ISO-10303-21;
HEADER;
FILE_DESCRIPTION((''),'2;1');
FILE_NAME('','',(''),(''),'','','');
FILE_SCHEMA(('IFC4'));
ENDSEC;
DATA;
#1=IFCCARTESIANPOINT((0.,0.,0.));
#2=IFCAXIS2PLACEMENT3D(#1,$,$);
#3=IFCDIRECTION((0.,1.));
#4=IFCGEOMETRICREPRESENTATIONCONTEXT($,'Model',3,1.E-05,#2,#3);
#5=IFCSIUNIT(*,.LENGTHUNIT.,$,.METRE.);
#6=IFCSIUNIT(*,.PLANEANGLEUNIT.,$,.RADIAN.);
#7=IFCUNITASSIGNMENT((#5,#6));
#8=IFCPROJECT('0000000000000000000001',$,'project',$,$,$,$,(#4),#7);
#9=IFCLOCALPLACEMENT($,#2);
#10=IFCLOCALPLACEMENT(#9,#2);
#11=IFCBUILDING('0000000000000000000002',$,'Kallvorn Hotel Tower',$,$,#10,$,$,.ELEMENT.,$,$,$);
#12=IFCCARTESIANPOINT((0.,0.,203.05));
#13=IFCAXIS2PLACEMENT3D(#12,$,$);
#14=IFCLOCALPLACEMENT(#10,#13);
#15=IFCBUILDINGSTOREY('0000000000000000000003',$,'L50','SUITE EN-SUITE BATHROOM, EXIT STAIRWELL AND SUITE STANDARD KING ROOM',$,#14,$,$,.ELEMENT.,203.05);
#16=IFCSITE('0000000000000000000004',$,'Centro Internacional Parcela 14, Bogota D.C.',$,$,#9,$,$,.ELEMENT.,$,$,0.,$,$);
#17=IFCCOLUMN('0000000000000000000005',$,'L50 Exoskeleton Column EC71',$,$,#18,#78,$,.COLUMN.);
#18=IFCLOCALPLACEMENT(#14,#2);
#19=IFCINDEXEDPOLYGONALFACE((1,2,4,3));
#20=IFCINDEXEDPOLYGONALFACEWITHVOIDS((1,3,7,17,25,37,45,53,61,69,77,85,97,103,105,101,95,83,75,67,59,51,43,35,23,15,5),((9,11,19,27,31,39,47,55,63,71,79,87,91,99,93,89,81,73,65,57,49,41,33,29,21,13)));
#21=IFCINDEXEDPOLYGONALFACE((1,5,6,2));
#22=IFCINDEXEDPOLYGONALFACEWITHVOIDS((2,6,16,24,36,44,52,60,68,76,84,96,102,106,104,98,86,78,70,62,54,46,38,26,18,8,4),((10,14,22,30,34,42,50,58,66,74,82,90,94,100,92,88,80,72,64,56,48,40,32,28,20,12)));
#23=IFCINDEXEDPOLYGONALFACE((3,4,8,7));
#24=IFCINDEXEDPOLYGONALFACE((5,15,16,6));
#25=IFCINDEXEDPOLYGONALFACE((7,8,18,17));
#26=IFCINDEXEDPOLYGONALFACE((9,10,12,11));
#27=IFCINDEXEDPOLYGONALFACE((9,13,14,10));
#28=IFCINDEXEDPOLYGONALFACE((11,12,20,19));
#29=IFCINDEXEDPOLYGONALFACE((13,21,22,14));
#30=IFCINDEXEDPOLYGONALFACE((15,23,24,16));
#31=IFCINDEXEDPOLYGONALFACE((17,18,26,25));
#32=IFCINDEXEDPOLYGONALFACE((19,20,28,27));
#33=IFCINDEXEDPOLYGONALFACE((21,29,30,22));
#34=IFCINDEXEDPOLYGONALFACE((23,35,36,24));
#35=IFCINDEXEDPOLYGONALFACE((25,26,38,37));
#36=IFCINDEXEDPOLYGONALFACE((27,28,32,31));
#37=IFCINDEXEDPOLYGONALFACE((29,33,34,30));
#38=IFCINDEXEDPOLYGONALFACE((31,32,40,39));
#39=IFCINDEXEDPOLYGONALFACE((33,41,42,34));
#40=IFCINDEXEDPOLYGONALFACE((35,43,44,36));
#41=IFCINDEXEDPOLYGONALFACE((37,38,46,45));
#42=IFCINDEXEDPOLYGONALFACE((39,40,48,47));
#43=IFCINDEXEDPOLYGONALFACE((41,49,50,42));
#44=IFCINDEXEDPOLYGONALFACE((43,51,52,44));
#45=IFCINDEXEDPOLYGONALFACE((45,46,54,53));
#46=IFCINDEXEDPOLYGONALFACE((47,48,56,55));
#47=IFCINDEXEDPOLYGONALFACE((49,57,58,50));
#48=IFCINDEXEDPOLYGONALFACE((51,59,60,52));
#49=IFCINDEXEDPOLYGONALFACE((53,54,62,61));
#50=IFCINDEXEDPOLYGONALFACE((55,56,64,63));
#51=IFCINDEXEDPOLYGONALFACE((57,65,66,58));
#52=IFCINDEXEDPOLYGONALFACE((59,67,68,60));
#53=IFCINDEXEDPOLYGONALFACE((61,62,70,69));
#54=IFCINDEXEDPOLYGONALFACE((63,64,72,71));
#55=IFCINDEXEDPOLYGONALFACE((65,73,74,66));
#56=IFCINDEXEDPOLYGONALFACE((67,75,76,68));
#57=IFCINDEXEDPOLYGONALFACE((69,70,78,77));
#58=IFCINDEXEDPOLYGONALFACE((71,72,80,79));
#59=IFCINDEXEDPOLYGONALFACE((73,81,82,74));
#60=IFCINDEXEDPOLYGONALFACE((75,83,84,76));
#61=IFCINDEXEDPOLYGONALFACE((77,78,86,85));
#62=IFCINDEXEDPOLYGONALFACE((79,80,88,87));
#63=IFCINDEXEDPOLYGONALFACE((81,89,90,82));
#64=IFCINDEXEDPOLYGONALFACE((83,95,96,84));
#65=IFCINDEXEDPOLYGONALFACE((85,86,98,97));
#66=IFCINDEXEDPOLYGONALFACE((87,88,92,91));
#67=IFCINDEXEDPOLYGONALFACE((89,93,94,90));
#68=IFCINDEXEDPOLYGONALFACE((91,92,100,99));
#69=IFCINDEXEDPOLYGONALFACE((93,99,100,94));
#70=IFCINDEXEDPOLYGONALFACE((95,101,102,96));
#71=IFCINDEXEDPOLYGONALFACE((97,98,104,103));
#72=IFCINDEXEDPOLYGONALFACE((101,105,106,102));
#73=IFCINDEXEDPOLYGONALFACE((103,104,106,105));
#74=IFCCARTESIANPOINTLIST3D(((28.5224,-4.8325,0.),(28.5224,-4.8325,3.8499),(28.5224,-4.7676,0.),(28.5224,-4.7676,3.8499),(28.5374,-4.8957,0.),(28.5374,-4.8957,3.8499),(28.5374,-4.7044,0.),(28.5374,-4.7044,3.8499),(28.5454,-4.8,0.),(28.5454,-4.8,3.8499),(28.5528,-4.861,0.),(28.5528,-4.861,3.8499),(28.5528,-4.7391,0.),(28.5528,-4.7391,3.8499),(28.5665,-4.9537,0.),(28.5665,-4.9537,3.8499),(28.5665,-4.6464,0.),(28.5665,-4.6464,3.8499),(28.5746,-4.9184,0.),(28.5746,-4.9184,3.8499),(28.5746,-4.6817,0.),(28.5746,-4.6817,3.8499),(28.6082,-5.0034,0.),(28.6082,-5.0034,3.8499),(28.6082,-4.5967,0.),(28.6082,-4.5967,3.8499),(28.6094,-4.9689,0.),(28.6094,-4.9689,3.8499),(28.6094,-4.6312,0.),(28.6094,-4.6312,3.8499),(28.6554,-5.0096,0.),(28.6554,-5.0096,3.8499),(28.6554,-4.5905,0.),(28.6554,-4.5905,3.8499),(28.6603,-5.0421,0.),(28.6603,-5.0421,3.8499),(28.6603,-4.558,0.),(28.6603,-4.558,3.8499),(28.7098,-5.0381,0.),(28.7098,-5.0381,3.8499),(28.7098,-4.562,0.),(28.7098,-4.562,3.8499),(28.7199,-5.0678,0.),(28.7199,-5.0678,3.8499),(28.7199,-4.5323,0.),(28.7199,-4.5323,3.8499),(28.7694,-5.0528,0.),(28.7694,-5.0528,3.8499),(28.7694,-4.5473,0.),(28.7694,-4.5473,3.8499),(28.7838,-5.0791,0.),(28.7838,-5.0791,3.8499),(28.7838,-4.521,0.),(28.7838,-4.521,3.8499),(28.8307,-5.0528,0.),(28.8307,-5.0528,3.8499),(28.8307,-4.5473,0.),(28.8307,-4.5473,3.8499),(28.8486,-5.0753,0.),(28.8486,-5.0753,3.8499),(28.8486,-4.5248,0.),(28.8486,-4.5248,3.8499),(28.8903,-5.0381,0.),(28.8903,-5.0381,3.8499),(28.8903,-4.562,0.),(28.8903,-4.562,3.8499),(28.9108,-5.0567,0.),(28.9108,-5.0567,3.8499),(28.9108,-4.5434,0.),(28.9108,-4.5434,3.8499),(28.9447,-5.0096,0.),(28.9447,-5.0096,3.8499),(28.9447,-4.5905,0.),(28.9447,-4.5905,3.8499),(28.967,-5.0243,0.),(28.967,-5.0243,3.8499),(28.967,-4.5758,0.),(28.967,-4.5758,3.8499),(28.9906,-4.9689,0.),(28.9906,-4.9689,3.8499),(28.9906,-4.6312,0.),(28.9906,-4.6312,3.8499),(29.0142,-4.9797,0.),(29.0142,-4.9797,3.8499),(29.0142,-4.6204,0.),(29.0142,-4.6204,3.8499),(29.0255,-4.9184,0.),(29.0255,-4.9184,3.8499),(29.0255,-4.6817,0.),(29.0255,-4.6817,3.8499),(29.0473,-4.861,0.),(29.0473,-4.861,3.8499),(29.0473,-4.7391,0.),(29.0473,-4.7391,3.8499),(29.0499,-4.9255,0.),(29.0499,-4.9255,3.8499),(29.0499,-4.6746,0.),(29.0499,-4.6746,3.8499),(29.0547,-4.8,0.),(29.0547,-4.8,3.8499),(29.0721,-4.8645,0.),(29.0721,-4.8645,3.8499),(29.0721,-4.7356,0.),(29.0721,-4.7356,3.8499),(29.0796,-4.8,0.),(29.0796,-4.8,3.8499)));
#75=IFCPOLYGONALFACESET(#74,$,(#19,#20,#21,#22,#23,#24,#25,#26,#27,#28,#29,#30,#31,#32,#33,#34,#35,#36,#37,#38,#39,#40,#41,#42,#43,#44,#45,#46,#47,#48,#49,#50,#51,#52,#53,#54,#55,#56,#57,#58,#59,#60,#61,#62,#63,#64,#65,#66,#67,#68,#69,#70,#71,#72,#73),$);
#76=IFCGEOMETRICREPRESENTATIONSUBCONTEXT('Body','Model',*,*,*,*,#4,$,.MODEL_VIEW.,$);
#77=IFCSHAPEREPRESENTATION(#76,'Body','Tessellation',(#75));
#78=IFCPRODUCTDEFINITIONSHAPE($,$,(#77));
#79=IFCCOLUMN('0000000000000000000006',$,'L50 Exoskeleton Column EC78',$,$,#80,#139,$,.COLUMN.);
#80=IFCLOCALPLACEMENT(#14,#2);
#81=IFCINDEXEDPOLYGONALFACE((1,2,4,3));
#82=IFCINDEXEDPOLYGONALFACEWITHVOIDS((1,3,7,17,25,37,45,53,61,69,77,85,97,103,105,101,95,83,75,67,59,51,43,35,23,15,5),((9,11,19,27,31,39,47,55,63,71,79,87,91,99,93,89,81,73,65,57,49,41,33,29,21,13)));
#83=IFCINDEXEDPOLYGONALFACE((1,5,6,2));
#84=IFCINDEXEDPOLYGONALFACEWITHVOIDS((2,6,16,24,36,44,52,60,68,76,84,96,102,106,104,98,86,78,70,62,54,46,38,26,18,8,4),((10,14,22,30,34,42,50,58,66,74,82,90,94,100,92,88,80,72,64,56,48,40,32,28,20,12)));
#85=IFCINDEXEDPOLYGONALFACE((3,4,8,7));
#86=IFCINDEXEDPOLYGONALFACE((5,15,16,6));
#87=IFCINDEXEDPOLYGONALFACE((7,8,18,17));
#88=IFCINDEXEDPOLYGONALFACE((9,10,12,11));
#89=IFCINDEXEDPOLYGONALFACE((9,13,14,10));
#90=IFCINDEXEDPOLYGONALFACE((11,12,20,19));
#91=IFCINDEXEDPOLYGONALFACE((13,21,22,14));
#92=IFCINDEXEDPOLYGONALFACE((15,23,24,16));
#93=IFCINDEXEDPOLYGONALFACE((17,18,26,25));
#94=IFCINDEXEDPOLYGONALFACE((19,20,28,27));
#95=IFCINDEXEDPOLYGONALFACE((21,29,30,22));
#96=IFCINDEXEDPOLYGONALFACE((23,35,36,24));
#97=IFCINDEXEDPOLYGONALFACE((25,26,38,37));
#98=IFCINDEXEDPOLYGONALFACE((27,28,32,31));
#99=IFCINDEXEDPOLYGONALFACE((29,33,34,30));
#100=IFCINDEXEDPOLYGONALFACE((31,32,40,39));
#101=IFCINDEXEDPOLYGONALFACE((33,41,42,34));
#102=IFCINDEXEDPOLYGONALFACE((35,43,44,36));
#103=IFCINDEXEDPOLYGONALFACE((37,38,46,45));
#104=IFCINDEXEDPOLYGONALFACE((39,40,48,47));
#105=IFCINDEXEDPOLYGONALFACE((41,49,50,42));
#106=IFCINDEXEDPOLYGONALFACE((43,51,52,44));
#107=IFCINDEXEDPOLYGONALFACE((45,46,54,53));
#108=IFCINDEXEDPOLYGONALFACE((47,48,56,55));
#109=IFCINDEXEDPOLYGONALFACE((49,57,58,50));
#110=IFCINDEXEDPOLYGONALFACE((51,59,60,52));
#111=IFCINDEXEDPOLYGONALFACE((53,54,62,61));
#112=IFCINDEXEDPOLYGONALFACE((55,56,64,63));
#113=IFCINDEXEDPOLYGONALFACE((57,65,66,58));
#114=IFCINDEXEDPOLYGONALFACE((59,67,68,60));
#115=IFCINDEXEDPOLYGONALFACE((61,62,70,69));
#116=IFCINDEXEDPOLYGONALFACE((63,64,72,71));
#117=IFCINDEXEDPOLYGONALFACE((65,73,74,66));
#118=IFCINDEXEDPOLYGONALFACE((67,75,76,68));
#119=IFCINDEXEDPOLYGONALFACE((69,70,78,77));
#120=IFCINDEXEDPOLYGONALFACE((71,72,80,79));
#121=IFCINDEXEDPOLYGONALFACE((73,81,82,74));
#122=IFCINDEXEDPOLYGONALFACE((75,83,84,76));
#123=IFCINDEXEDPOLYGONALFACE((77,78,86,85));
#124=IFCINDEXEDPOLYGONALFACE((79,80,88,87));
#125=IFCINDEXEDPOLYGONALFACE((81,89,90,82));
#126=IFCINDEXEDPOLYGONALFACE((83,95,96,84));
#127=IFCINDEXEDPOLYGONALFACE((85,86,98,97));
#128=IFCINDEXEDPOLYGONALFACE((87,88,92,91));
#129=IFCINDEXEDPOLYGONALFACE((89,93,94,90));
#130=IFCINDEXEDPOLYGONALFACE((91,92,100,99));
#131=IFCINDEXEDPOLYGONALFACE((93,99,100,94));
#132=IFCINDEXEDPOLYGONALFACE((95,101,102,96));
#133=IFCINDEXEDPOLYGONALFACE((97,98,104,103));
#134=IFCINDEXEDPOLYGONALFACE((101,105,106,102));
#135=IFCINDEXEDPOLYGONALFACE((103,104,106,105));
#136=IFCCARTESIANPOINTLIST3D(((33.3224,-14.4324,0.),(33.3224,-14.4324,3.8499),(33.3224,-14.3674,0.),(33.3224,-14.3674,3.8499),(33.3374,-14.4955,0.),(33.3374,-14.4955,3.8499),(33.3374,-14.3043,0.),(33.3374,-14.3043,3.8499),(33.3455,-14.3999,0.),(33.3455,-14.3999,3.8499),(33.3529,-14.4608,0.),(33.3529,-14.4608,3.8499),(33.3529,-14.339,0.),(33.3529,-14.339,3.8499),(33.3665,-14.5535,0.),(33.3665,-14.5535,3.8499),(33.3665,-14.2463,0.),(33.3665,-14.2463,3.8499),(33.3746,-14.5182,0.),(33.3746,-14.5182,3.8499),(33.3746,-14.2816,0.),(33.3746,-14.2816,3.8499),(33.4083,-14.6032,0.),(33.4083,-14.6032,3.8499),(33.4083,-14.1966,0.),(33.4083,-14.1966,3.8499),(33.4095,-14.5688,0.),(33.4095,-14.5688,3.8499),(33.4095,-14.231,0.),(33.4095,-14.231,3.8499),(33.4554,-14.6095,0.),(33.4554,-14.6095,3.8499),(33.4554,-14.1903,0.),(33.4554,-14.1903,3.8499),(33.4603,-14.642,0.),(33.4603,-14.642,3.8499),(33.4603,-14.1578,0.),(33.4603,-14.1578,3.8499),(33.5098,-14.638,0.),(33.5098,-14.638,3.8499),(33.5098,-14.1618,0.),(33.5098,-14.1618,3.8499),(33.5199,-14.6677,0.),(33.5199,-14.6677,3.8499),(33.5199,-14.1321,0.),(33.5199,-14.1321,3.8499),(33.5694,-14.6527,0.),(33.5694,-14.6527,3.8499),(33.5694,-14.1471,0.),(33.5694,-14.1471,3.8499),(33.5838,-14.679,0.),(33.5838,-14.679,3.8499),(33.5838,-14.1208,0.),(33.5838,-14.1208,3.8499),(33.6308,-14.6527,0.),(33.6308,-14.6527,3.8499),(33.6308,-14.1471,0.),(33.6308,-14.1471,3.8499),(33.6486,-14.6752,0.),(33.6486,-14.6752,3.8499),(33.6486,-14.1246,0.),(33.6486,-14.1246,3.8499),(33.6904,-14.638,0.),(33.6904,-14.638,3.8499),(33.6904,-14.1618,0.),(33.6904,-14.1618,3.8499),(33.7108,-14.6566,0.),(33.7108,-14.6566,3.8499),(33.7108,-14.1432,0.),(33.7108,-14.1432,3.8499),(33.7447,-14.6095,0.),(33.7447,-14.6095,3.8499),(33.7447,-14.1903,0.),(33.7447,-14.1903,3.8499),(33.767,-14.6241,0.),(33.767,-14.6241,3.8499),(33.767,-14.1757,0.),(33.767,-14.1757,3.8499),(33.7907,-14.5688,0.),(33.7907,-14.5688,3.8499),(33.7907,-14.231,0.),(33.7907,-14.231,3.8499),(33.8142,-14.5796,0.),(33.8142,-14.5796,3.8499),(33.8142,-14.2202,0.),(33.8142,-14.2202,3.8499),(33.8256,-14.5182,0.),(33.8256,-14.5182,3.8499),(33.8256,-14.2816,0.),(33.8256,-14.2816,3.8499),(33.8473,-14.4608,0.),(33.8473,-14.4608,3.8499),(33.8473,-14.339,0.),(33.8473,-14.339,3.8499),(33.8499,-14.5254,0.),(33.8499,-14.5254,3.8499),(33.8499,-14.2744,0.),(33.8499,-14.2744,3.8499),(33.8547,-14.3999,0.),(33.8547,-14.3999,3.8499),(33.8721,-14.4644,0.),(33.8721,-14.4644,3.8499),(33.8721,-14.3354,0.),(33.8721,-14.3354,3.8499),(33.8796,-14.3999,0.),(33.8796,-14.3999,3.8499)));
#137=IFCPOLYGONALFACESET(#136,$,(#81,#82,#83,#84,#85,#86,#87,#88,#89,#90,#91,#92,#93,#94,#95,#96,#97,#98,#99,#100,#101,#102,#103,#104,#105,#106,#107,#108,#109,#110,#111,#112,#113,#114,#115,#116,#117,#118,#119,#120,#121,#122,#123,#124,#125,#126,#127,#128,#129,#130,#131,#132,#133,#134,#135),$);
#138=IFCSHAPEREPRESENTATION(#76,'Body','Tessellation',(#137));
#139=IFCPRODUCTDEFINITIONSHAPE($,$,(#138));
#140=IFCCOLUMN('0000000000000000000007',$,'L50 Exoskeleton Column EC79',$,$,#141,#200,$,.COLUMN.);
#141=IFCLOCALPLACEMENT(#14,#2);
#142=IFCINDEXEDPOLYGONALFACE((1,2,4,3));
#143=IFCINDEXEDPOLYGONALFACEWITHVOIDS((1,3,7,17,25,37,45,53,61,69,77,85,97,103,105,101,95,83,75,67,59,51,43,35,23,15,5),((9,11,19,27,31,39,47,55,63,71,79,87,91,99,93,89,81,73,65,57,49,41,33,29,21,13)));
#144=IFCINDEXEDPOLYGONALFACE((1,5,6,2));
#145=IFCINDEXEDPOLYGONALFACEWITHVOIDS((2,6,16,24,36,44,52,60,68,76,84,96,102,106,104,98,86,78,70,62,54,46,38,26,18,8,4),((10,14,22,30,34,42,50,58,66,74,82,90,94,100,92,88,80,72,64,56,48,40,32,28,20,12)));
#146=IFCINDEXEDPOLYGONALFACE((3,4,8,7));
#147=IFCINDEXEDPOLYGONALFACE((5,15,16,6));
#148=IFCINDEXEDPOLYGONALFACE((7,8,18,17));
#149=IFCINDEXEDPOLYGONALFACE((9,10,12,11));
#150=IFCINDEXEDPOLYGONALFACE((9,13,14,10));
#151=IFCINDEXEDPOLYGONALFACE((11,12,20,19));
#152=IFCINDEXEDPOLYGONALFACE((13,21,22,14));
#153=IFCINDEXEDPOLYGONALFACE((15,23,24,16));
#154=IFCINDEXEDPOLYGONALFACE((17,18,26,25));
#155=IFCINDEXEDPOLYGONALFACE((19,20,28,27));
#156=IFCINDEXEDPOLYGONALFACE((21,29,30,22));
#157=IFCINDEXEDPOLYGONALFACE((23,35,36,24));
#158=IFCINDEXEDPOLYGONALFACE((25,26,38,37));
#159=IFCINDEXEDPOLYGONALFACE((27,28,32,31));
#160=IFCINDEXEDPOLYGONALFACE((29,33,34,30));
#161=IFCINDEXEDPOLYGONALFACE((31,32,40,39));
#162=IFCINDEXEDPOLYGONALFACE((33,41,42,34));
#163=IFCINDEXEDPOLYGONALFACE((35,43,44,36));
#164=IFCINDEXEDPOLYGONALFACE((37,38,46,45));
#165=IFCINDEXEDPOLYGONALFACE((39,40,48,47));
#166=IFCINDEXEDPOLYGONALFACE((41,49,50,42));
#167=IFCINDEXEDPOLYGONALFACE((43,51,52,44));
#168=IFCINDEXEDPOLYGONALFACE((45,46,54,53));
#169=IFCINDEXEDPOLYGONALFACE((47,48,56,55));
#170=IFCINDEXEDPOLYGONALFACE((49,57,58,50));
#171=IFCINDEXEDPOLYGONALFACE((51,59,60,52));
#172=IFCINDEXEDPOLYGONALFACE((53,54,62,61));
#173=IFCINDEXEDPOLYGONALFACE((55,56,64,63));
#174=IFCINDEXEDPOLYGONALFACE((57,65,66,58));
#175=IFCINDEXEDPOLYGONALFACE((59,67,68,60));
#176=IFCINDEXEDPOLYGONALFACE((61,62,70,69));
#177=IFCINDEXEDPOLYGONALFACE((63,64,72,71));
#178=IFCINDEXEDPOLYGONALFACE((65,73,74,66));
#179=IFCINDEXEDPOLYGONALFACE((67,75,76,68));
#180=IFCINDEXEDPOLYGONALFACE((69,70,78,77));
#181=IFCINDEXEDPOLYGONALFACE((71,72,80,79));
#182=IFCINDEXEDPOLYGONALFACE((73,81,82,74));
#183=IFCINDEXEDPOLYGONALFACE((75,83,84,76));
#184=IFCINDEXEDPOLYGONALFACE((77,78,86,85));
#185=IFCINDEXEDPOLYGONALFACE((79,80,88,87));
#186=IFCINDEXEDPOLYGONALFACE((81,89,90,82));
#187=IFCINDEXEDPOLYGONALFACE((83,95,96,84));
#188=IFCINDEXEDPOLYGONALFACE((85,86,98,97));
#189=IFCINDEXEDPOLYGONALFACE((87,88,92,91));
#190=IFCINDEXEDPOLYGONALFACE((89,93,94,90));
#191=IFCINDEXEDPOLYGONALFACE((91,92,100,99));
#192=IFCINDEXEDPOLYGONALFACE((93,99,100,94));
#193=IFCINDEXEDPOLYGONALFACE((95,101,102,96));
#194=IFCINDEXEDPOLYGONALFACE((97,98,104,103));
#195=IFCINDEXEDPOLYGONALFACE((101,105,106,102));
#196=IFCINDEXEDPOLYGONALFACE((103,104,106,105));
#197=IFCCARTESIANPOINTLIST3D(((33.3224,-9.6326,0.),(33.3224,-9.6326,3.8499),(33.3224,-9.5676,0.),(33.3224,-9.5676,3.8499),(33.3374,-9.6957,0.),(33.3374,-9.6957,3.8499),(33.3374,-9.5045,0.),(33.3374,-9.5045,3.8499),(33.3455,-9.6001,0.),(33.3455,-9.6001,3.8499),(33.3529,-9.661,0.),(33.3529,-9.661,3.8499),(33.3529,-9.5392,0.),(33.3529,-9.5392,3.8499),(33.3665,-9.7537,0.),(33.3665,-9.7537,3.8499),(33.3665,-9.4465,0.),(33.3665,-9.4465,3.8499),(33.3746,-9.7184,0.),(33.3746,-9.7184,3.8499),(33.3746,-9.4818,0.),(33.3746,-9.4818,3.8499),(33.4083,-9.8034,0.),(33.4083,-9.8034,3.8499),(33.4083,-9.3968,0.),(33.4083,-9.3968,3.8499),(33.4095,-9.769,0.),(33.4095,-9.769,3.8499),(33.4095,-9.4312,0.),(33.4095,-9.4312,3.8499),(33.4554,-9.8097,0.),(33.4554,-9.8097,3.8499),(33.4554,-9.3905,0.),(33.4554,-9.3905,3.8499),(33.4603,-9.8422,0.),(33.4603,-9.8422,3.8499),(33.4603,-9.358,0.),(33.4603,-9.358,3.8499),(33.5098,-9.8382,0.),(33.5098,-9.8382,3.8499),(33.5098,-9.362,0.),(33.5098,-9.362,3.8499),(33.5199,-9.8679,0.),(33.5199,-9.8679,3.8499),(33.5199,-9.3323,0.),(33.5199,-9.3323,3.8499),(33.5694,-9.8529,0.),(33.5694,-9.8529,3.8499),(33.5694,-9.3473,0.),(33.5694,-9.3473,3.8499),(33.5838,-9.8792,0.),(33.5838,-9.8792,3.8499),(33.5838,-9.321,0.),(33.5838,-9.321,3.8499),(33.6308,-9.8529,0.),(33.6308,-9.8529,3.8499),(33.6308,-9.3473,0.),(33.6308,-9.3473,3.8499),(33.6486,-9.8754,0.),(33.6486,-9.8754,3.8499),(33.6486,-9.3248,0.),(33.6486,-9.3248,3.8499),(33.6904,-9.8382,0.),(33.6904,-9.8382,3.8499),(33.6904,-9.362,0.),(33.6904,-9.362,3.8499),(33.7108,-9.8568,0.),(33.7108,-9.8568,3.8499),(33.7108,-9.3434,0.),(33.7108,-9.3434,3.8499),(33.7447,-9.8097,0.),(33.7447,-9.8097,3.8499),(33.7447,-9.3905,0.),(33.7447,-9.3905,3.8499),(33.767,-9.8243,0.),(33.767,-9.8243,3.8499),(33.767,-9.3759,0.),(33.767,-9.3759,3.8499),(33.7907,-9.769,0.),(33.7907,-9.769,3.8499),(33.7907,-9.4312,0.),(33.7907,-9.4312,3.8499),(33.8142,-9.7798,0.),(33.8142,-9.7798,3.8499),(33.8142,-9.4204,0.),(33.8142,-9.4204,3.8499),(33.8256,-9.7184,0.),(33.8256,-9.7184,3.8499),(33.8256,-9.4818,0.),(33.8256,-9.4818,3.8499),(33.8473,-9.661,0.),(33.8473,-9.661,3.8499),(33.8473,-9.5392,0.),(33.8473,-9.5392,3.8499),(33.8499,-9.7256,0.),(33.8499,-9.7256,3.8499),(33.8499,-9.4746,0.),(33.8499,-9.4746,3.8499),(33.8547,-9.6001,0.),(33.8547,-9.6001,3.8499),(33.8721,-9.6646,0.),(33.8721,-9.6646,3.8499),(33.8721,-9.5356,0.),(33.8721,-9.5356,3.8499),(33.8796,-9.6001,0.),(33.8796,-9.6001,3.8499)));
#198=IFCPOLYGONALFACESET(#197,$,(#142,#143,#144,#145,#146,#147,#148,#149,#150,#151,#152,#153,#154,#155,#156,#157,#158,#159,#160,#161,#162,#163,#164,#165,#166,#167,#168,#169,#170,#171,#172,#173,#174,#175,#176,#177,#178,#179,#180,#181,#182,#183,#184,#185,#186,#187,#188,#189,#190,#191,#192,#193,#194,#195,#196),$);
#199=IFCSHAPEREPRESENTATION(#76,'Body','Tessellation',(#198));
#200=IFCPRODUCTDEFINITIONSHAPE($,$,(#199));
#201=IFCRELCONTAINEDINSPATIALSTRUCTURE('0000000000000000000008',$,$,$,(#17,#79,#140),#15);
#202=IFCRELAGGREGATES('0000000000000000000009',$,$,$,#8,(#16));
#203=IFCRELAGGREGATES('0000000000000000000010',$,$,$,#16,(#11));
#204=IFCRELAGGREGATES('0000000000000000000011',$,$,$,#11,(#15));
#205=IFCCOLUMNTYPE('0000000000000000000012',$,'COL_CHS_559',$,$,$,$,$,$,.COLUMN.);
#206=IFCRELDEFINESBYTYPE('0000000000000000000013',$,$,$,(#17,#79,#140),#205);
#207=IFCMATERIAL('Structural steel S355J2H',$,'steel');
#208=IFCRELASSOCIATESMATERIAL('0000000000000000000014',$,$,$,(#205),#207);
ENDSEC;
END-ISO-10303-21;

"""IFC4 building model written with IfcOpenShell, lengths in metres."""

from ifc_helpers import new_model, si_unit, direction, frame, origin, origin_2d, place, context, subcontext, project, spatial, hollow_circle, extrude, material, material_profile, profile_set, type_object, element, save


model = new_model("IFC4")

# Units and contexts
model_context = context("Model", 3, precision=1e-05, world=origin(), true_north=direction((0.0, 1.0)))
body_context = subcontext(model_context, "Body", "Model", "MODEL_VIEW")
ifc_project = project(units=[si_unit("LENGTHUNIT", "METRE"), si_unit("PLANEANGLEUNIT", "RADIAN")], contexts=[model_context])

# Site, building, storey
site_placement = place(None, origin())
site = spatial("IfcSite", under=ifc_project, at=site_placement, Name="Centro Internacional Parcela 14, Bogota D.C.", CompositionType="ELEMENT", RefElevation=0.0)
building_placement = place(site_placement, origin())
building = spatial("IfcBuilding", under=site, at=building_placement, Name="Kallvorn Hotel Tower", CompositionType="ELEMENT")
storey_placement = place(building_placement, frame((0.0, 0.0, 203.05)))
storey = spatial("IfcBuildingStorey", under=building, at=storey_placement, Name="L50", Description="SUITE EN-SUITE BATHROOM, EXIT STAIRWELL AND SUITE STANDARD KING ROOM", CompositionType="ELEMENT", Elevation=203.05)

# Columns
ifc_material_1 = material(Name="Structural steel S355J2H", Category="steel")
ifc_material_profile_1 = material_profile(ifc_material_1, hollow_circle(Radius=0.2795, WallThickness=0.0249, at=origin_2d()), Name="CHS 559x25")
ifc_profile_set_1 = profile_set([ifc_material_profile_1], Name="Structural steel S355J2H")
column_type_1 = type_object("IfcColumnType", Name="COL_CHS_559", PredefinedType="COLUMN", material=ifc_profile_set_1)
for number, where, z_axis, x_axis, name in (
    (1, (28.8, -4.8, 0.0), (0.0, 0.0, 1.0), (1.0, 0.0, 0.0), "L50 Exoskeleton Column EC71"),
    (2, (33.6001, -14.3999, 0.0), (0.0, 0.0, 1.0), (1.0, 0.0, 0.0), "L50 Exoskeleton Column EC78"),
    (3, (33.6001, -9.6001, 0.0), (0.0, 0.0, 1.0), (1.0, 0.0, 0.0), "L50 Exoskeleton Column EC79"),
):
    element("IfcColumn", number, at=place(storey_placement, frame(where, z_axis=z_axis, x_axis=x_axis)), inside=storey, type_object=column_type_1, Name=name, PredefinedType="COLUMN", context=body_context, shape_type="SweptSolid", body=[
        extrude(hollow_circle(Radius=0.2795, WallThickness=0.0249, at=origin_2d()), origin(), (0.0, 0.0, 1.0), 3.8499),
    ])

save(model, "model.ifc")
